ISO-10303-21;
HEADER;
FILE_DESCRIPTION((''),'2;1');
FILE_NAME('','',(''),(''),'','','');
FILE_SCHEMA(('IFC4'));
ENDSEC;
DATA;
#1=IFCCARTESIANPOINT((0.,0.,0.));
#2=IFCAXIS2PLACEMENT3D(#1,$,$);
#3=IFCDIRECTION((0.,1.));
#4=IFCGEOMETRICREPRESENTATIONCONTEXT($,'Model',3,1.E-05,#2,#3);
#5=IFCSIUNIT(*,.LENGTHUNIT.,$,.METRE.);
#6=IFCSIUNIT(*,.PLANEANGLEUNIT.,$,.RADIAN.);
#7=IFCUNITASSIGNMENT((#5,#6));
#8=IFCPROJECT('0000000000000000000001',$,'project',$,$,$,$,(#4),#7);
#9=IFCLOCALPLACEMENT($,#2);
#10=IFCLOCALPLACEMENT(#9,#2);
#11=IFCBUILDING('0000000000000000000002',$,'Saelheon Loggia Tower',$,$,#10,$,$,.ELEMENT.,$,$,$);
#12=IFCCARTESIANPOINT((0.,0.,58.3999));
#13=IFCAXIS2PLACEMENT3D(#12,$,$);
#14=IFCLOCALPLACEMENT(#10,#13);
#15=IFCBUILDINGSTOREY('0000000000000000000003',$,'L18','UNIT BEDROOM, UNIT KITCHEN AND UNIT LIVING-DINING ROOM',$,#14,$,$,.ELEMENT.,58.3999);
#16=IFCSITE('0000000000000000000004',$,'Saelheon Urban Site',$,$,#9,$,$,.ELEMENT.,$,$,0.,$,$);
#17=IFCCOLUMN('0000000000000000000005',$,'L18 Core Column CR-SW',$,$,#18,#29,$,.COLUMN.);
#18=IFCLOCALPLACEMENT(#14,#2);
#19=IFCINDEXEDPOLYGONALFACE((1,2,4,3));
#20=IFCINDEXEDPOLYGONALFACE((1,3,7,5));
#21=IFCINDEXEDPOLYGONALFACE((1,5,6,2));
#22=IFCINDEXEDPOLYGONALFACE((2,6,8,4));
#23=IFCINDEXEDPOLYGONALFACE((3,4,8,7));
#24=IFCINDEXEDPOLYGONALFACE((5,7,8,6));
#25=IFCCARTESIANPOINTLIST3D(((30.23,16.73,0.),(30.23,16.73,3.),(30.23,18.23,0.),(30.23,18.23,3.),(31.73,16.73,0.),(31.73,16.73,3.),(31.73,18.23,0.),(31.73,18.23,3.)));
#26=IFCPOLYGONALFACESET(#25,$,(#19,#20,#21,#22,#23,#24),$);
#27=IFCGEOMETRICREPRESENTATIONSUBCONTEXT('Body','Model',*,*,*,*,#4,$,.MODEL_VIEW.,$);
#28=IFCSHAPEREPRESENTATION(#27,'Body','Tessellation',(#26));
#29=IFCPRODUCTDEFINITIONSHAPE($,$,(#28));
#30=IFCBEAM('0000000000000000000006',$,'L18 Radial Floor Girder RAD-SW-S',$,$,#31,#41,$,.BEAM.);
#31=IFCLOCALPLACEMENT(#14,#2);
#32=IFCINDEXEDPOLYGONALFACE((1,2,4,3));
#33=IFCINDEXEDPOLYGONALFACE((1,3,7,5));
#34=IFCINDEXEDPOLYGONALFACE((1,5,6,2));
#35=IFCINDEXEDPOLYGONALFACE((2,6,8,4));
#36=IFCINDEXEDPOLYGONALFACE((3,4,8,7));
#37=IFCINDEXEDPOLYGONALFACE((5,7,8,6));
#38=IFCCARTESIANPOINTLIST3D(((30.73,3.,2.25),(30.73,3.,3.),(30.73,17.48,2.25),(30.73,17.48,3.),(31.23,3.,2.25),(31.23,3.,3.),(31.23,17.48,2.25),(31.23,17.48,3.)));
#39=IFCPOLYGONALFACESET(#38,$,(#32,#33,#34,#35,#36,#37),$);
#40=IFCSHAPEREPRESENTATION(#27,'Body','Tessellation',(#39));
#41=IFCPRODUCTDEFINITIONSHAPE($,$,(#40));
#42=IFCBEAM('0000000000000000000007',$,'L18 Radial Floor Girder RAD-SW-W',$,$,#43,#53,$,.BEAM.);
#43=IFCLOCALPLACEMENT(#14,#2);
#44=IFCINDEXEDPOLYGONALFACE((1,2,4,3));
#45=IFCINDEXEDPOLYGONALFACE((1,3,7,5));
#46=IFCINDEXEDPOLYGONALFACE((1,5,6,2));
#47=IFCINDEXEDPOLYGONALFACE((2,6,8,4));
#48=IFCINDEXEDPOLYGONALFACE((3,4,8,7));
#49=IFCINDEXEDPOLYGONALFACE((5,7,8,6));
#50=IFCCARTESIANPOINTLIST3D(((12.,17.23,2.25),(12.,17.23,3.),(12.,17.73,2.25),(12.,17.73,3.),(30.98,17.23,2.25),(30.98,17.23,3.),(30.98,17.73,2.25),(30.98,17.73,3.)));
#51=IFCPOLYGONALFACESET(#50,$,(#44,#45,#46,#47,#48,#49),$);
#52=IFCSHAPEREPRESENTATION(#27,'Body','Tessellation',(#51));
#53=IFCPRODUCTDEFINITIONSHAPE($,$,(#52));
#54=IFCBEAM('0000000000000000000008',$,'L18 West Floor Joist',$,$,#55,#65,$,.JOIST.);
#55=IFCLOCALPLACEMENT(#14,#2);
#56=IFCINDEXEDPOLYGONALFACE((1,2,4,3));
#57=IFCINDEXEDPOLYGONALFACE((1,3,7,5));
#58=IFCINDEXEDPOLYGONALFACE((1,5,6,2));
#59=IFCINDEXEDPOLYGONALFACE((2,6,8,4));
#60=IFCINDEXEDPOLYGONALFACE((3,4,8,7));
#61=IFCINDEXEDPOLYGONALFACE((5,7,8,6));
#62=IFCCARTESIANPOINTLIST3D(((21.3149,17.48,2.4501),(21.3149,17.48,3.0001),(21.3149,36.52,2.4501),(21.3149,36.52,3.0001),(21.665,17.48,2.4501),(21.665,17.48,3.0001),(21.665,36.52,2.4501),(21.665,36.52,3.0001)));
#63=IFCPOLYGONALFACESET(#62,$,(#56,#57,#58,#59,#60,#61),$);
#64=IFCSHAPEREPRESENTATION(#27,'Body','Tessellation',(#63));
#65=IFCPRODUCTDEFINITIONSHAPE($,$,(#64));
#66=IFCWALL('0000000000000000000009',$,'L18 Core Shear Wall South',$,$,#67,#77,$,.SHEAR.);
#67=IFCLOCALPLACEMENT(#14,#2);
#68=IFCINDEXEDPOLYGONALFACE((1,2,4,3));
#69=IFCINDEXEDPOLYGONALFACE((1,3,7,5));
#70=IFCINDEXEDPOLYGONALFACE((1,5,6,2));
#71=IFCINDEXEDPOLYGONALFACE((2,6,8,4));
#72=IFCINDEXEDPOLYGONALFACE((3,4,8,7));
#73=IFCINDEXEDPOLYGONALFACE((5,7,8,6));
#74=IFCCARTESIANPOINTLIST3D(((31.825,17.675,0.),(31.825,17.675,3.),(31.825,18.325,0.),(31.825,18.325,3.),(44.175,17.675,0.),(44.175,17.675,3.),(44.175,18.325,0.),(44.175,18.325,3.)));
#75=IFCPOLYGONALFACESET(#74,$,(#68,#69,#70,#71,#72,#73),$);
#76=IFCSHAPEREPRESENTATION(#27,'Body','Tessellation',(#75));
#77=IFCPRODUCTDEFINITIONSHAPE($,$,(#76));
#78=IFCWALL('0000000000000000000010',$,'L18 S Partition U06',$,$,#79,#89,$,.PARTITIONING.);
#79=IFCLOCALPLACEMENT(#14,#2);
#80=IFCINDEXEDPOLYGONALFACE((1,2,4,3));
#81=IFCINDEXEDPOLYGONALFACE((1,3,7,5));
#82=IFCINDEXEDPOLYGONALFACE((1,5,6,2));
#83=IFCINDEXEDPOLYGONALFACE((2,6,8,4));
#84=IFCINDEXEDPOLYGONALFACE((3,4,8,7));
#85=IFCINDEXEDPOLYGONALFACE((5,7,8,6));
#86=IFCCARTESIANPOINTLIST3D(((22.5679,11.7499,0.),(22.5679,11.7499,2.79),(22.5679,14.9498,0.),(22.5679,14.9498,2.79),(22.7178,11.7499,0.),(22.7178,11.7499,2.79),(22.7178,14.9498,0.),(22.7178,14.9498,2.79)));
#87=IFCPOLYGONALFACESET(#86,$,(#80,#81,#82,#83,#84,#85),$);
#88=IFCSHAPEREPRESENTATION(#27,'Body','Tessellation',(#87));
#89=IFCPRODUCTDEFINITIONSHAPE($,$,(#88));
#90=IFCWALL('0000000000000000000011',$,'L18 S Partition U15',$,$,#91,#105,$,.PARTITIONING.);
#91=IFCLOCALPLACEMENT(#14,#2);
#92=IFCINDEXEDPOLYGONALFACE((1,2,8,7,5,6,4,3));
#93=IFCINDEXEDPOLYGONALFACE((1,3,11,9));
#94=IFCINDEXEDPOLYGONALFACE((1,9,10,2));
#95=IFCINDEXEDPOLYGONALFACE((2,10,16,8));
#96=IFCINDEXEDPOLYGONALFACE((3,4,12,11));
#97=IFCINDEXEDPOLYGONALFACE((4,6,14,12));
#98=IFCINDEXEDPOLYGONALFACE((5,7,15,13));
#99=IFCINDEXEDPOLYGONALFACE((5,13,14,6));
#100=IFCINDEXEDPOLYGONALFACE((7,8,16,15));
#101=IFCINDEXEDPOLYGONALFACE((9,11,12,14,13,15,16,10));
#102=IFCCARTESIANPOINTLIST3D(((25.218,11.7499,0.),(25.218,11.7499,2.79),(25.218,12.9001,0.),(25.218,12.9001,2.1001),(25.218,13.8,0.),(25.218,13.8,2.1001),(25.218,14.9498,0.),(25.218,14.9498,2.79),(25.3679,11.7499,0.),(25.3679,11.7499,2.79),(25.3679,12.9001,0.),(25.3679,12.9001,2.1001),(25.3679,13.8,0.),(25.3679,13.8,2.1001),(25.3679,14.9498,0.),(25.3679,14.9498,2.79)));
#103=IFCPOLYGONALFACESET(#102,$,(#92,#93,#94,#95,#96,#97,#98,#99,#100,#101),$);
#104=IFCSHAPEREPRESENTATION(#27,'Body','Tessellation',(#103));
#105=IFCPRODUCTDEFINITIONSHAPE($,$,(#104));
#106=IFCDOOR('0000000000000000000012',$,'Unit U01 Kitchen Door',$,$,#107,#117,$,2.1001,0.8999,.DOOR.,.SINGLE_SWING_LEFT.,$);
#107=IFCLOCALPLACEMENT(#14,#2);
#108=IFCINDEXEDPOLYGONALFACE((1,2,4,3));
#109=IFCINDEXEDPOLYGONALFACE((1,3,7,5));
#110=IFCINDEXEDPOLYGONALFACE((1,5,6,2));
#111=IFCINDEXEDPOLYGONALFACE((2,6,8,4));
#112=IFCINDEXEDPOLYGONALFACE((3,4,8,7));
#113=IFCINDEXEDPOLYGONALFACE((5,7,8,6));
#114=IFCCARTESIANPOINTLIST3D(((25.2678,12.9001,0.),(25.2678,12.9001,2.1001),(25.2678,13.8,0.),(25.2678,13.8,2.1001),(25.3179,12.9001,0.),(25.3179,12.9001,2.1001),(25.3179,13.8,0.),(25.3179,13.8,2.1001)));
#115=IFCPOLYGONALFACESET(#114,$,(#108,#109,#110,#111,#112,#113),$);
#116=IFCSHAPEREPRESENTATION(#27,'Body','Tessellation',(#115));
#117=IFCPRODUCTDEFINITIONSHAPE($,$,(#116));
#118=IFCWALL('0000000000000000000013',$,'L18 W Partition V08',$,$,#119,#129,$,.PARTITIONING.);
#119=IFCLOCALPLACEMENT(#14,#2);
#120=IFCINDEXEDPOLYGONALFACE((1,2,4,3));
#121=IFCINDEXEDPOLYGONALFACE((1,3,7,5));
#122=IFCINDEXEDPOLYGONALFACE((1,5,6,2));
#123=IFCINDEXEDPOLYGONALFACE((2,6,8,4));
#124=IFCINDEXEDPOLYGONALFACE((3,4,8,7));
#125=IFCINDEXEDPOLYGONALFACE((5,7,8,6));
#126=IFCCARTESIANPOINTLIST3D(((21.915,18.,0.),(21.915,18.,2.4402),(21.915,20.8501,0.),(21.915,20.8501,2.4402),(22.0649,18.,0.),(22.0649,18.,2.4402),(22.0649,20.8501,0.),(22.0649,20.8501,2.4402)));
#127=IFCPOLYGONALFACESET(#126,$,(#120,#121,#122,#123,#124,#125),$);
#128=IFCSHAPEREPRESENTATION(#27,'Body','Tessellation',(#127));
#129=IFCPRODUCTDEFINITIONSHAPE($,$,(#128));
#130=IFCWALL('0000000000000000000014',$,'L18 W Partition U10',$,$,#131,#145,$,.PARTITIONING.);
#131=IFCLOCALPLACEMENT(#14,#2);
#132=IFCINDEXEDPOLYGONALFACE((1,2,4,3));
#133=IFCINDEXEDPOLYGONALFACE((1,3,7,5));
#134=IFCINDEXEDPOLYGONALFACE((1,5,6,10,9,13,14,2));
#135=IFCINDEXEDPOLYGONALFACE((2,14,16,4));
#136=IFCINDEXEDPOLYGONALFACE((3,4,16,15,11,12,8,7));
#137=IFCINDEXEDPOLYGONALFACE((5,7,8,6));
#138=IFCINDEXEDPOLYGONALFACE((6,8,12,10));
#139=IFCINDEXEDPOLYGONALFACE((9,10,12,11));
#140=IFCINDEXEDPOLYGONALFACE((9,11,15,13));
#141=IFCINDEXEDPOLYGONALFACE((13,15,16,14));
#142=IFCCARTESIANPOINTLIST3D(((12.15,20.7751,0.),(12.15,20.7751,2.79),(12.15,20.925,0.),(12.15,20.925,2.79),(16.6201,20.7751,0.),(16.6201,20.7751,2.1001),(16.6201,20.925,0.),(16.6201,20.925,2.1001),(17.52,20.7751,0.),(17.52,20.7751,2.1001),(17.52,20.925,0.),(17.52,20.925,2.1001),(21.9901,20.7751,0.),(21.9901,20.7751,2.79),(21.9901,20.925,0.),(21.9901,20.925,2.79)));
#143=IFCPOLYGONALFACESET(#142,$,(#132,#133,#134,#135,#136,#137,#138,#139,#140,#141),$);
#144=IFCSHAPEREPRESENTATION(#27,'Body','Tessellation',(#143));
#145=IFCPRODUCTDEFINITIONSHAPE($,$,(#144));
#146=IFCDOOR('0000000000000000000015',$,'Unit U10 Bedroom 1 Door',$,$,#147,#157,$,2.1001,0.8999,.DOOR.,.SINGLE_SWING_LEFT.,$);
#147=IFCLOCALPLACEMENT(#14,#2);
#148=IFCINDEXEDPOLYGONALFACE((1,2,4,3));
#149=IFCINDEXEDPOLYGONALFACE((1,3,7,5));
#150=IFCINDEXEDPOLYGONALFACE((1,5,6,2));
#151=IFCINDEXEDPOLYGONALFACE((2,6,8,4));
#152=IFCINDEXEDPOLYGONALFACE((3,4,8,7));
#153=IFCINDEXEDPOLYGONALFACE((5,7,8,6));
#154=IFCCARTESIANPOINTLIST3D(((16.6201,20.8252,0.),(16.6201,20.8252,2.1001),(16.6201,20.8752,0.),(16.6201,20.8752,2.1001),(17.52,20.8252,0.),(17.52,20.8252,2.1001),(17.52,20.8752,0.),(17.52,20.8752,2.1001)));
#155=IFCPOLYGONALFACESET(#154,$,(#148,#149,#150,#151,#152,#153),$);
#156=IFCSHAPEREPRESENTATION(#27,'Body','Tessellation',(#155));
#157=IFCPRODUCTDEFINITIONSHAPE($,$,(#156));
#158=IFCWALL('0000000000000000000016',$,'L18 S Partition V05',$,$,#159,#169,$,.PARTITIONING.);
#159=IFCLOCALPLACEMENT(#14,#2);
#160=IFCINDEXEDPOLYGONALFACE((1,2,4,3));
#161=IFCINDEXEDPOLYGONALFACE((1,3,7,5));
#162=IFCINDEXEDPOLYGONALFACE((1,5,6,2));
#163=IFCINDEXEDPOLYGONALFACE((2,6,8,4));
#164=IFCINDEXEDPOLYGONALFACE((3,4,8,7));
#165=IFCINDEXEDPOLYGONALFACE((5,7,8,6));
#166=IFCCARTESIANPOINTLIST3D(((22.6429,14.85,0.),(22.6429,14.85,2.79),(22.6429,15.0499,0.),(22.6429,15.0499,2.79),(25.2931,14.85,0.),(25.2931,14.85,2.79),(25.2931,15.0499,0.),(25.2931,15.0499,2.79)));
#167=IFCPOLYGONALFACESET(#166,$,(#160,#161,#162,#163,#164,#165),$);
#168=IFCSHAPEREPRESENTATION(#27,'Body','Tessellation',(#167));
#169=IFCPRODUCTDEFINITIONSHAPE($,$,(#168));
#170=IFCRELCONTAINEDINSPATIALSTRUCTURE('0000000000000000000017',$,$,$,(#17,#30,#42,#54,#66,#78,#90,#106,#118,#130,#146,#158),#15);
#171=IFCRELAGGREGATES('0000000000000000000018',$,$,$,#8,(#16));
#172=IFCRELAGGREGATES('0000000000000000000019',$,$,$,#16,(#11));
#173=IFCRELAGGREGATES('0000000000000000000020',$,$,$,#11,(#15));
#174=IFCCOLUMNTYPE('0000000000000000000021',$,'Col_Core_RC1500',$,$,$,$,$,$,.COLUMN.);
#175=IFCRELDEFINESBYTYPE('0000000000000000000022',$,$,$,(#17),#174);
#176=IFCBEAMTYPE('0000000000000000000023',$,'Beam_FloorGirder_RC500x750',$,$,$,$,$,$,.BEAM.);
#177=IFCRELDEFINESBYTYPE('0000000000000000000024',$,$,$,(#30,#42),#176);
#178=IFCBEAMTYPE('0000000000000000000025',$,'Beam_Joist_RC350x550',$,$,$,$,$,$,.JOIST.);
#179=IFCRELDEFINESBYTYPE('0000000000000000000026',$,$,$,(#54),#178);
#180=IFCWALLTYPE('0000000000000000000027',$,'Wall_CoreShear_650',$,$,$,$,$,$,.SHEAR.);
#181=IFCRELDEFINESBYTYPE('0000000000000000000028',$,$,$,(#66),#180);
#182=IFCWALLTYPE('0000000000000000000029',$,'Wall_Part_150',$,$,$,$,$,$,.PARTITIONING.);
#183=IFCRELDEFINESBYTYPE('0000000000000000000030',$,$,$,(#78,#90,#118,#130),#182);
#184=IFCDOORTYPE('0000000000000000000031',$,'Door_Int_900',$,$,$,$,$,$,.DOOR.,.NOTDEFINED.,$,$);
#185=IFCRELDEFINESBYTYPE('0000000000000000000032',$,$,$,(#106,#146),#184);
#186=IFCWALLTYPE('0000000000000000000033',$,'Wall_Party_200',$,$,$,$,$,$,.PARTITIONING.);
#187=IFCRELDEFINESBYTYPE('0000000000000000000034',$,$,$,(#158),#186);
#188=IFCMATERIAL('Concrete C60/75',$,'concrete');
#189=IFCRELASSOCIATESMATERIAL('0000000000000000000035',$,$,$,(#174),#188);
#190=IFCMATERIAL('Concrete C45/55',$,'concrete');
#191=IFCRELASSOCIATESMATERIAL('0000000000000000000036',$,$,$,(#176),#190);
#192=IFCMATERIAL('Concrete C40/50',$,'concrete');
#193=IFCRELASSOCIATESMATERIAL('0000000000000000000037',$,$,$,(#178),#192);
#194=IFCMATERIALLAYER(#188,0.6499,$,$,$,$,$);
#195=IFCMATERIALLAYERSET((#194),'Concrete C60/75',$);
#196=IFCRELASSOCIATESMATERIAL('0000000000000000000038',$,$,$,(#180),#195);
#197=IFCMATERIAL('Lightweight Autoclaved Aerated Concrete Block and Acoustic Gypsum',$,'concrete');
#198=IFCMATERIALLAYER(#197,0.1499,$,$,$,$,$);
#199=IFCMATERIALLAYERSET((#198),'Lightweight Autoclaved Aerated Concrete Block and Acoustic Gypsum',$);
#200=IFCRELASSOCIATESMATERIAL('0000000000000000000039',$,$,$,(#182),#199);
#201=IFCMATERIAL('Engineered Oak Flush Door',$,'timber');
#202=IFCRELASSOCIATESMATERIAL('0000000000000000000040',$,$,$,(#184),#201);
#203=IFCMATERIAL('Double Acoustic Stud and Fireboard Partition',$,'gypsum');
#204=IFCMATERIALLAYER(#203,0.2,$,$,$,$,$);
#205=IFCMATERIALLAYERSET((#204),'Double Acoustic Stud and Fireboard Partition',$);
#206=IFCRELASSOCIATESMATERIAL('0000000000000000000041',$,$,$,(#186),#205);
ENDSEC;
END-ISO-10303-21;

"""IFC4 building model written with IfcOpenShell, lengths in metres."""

from ifc_helpers import new_model, si_unit, direction, frame, frame_2d, origin, origin_2d, place, context, subcontext, project, spatial, rectangle, extrude, source, transform, mapped, material, layer, layer_set, material_profile, profile_set, type_object, element, fill, save


model = new_model("IFC4")

# Units and contexts
model_context = context("Model", 3, precision=1e-05, world=origin(), true_north=direction((0.0, 1.0)))
body_context = subcontext(model_context, "Body", "Model", "MODEL_VIEW")
ifc_project = project(units=[si_unit("LENGTHUNIT", "METRE"), si_unit("PLANEANGLEUNIT", "RADIAN")], contexts=[model_context])

# Site, building, storey
site_placement = place(None, origin())
site = spatial("IfcSite", under=ifc_project, at=site_placement, Name="Saelheon Urban Site", CompositionType="ELEMENT", RefElevation=0.0)
building_placement = place(site_placement, origin())
building = spatial("IfcBuilding", under=site, at=building_placement, Name="Saelheon Loggia Tower", CompositionType="ELEMENT")
storey_placement = place(building_placement, frame((0.0, 0.0, 58.3999)))
storey = spatial("IfcBuildingStorey", under=building, at=storey_placement, Name="L18", Description="UNIT BEDROOM, UNIT KITCHEN AND UNIT LIVING-DINING ROOM", CompositionType="ELEMENT", Elevation=58.3999)

# Column
ifc_material_1 = material(Name="Concrete C60/75", Category="concrete")
ifc_material_profile_1 = material_profile(ifc_material_1, rectangle(XDim=1.5, YDim=1.5, at=origin_2d()), Name="RC-1500x1500")
ifc_profile_set_1 = profile_set([ifc_material_profile_1], Name="Concrete C60/75")
column_type = type_object("IfcColumnType", Name="Col_Core_RC1500", PredefinedType="COLUMN", material=ifc_profile_set_1)
shared_shape_1 = source(origin(), body_context, "Body", "SweptSolid", [
    extrude(rectangle(XDim=1.5, YDim=1.5, at=origin_2d()), origin(), (0.0, 0.0, 1.0), 3.0),
])
column_placement = place(storey_placement, frame((30.98, 17.48, 0.0), z_axis=(0.0, 0.0, 1.0), x_axis=(1.0, 0.0, 0.0)))
element("IfcColumn", 1, at=column_placement, inside=storey, type_object=column_type, Name="L18 Core Column CR-SW", PredefinedType="COLUMN", context=body_context, shape_type="MappedRepresentation", body=[
    mapped(shared_shape_1, transform((0.0, 0.0, 0.0), scale=1.0)),
])

# Beams
ifc_material_2 = material(Name="Concrete C45/55", Category="concrete")
ifc_material_profile_2 = material_profile(ifc_material_2, rectangle(XDim=0.5, YDim=0.75, at=origin_2d()), Name="RC-500x750")
ifc_profile_set_2 = profile_set([ifc_material_profile_2], Name="Concrete C45/55")
beam_type_1 = type_object("IfcBeamType", Name="Beam_FloorGirder_RC500x750", PredefinedType="BEAM", material=ifc_profile_set_2)
shared_shape_2 = source(origin(), body_context, "Body", "SweptSolid", [
    extrude(rectangle(XDim=0.5, YDim=0.75, at=origin_2d()), origin(), (0.0, 0.0, 1.0), 14.48),
])
beam_1_placement = place(storey_placement, frame((30.98, 17.48, 2.625), z_axis=(0.0, -1.0, 0.0), x_axis=(1.0, 0.0, 0.0)))
element("IfcBeam", 2, at=beam_1_placement, inside=storey, type_object=beam_type_1, Name="L18 Radial Floor Girder RAD-SW-S", PredefinedType="BEAM", context=body_context, shape_type="MappedRepresentation", body=[
    mapped(shared_shape_2, transform((0.0, 0.0, 0.0), scale=1.0)),
])
shared_shape_3 = source(origin(), body_context, "Body", "SweptSolid", [
    extrude(rectangle(XDim=0.5, YDim=0.75, at=origin_2d()), origin(), (0.0, 0.0, 1.0), 18.98),
])
beam_2_placement = place(storey_placement, frame((30.98, 17.48, 2.625), z_axis=(-1.0, 0.0, 0.0), x_axis=(0.0, -1.0, 0.0)))
element("IfcBeam", 3, at=beam_2_placement, inside=storey, type_object=beam_type_1, Name="L18 Radial Floor Girder RAD-SW-W", PredefinedType="BEAM", context=body_context, shape_type="MappedRepresentation", body=[
    mapped(shared_shape_3, transform((0.0, 0.0, 0.0), scale=1.0)),
])
ifc_material_3 = material(Name="Concrete C40/50", Category="concrete")
ifc_material_profile_3 = material_profile(ifc_material_3, rectangle(XDim=0.3501, YDim=0.55, at=origin_2d()), Name="RC-350x550")
ifc_profile_set_3 = profile_set([ifc_material_profile_3], Name="Concrete C40/50")
beam_type_2 = type_object("IfcBeamType", Name="Beam_Joist_RC350x550", PredefinedType="JOIST", material=ifc_profile_set_3)
shared_shape_4 = source(origin(), body_context, "Body", "SweptSolid", [
    extrude(rectangle(XDim=0.3501, YDim=0.55, at=origin_2d()), origin(), (0.0, 0.0, 1.0), 19.04),
])
beam_3_placement = place(storey_placement, frame((21.49, 17.48, 2.7251), z_axis=(0.0, 1.0, 0.0), x_axis=(-1.0, 0.0, 0.0)))
element("IfcBeam", 4, at=beam_3_placement, inside=storey, type_object=beam_type_2, Name="L18 West Floor Joist", PredefinedType="JOIST", context=body_context, shape_type="MappedRepresentation", body=[
    mapped(shared_shape_4, transform((0.0, 0.0, 0.0), scale=1.0)),
])

# Shared definitions
ifc_layer_1 = layer(ifc_material_1, 0.6499)
ifc_layer_set_1 = layer_set([ifc_layer_1], Name="Concrete C60/75")
wall_type_1 = type_object("IfcWallType", Name="Wall_CoreShear_650", PredefinedType="SHEAR", material=ifc_layer_set_1)

# Walls
wall_1_placement = place(storey_placement, frame((31.825, 18.0, 0.0), z_axis=(0.0, 0.0, 1.0), x_axis=(1.0, 0.0, 0.0)))
element("IfcWall", 5, at=wall_1_placement, inside=storey, type_object=wall_type_1, Name="L18 Core Shear Wall South", PredefinedType="SHEAR", context=body_context, shape_type="SweptSolid", body=[
    extrude(rectangle(XDim=12.3501, YDim=0.6499, at=frame_2d((6.175, 0.0))), origin(), (0.0, 0.0, 1.0), 3.0),
])
ifc_material_4 = material(Name="Lightweight Autoclaved Aerated Concrete Block and Acoustic Gypsum", Category="concrete")
ifc_layer_2 = layer(ifc_material_4, 0.1499)
ifc_layer_set_2 = layer_set([ifc_layer_2], Name="Lightweight Autoclaved Aerated Concrete Block and Acoustic Gypsum")
wall_type_2 = type_object("IfcWallType", Name="Wall_Part_150", PredefinedType="PARTITIONING", material=ifc_layer_set_2)
wall_2_placement = place(storey_placement, frame((22.6428, 14.95, 0.0), z_axis=(0.0, 0.0, 1.0), x_axis=(0.0, -1.0, 0.0)))
element("IfcWall", 6, at=wall_2_placement, inside=storey, type_object=wall_type_2, Name="L18 S Partition U06", PredefinedType="PARTITIONING", context=body_context, shape_type="SweptSolid", body=[
    extrude(rectangle(XDim=3.2, YDim=0.1499, at=frame_2d((1.6001, 0.0))), origin(), (0.0, 0.0, 1.0), 2.79),
])

# Wall, opening, door
wall_3_placement = place(storey_placement, frame((25.293, 14.95, 0.0), z_axis=(0.0, 0.0, 1.0), x_axis=(0.0, -1.0, 0.0)))
wall_3 = element("IfcWall", 7, at=wall_3_placement, inside=storey, type_object=wall_type_2, Name="L18 S Partition U15", PredefinedType="PARTITIONING", context=body_context, shape_type="SweptSolid", body=[
    extrude(rectangle(XDim=3.2, YDim=0.1499, at=frame_2d((1.6001, 0.0))), origin(), (0.0, 0.0, 1.0), 2.79),
])
opening_1_placement = place(wall_3_placement, frame((1.1499, 0.0, 0.0)))
opening_1 = element("IfcOpeningElement", 8, at=opening_1_placement, cuts=wall_3, PredefinedType="OPENING", context=body_context, shape_type="SweptSolid", body=[
    extrude(rectangle(XDim=0.8999, YDim=2.1001, at=frame_2d((0.45, 1.05))), frame((0.0, 0.0869, 0.0), z_axis=(0.0, -1.0, 0.0), x_axis=(1.0, 0.0, 0.0)), (0.0, 0.0, 1.0), 0.1738),
])
ifc_material_5 = material(Name="Engineered Oak Flush Door", Category="timber")
door_type_1 = type_object("IfcDoorType", Name="Door_Int_900", OperationType="NOTDEFINED", PredefinedType="DOOR", material=ifc_material_5)
shared_shape_5 = source(origin(), body_context, "Body", "SweptSolid", [
    extrude(rectangle(XDim=0.8999, YDim=2.1001, at=frame_2d((0.45, 1.05))), frame((0.0, 0.0249, 0.0), z_axis=(0.0, -1.0, 0.0), x_axis=(1.0, 0.0, 0.0)), (0.0, 0.0, 1.0), 0.05),
])
door_1_placement = place(opening_1_placement, origin())
door_1 = element("IfcDoor", 9, at=door_1_placement, inside=storey, type_object=door_type_1, Name="Unit U01 Kitchen Door", OperationType="SINGLE_SWING_LEFT", OverallHeight=2.1001, OverallWidth=0.8999, PredefinedType="DOOR", context=body_context, shape_type="MappedRepresentation", body=[
    mapped(shared_shape_5, transform((0.0, 0.0, 0.0), scale=1.0)),
])
fill(opening_1, door_1)

# Wall
wall_4_placement = place(storey_placement, frame((21.99, 18.0, 0.0), z_axis=(0.0, 0.0, 1.0), x_axis=(0.0, 1.0, 0.0)))
element("IfcWall", 10, at=wall_4_placement, inside=storey, type_object=wall_type_2, Name="L18 W Partition V08", PredefinedType="PARTITIONING", context=body_context, shape_type="SweptSolid", body=[
    extrude(rectangle(XDim=2.8501, YDim=0.1499, at=frame_2d((1.425, 0.0))), origin(), (0.0, 0.0, 1.0), 2.4402),
])

# Wall, opening, door
wall_5_placement = place(storey_placement, frame((21.99, 20.8501, 0.0), z_axis=(0.0, 0.0, 1.0), x_axis=(-1.0, 0.0, 0.0)))
wall_5 = element("IfcWall", 11, at=wall_5_placement, inside=storey, type_object=wall_type_2, Name="L18 W Partition U10", PredefinedType="PARTITIONING", context=body_context, shape_type="SweptSolid", body=[
    extrude(rectangle(XDim=9.8401, YDim=0.1499, at=frame_2d((4.9199, 0.0))), origin(), (0.0, 0.0, 1.0), 2.79),
])
opening_2_placement = place(wall_5_placement, frame((4.47, 0.0, 0.0)))
opening_2 = element("IfcOpeningElement", 12, at=opening_2_placement, cuts=wall_5, PredefinedType="OPENING", context=body_context, shape_type="SweptSolid", body=[
    extrude(rectangle(XDim=0.8999, YDim=2.1001, at=frame_2d((0.45, 1.05))), frame((0.0, 0.0869, 0.0), z_axis=(0.0, -1.0, 0.0), x_axis=(1.0, 0.0, 0.0)), (0.0, 0.0, 1.0), 0.1738),
])
door_2_placement = place(opening_2_placement, origin())
door_2 = element("IfcDoor", 13, at=door_2_placement, inside=storey, type_object=door_type_1, Name="Unit U10 Bedroom 1 Door", OperationType="SINGLE_SWING_LEFT", OverallHeight=2.1001, OverallWidth=0.8999, PredefinedType="DOOR", context=body_context, shape_type="MappedRepresentation", body=[
    mapped(shared_shape_5, transform((0.0, 0.0, 0.0), scale=1.0)),
])
fill(opening_2, door_2)

# Wall
ifc_material_6 = material(Name="Double Acoustic Stud and Fireboard Partition", Category="gypsum")
ifc_layer_3 = layer(ifc_material_6, 0.2)
ifc_layer_set_3 = layer_set([ifc_layer_3], Name="Double Acoustic Stud and Fireboard Partition")
wall_type_3 = type_object("IfcWallType", Name="Wall_Party_200", PredefinedType="PARTITIONING", material=ifc_layer_set_3)
wall_6_placement = place(storey_placement, frame((22.6428, 14.95, 0.0), z_axis=(0.0, 0.0, 1.0), x_axis=(1.0, 0.0, 0.0)))
element("IfcWall", 14, at=wall_6_placement, inside=storey, type_object=wall_type_3, Name="L18 S Partition V05", PredefinedType="PARTITIONING", context=body_context, shape_type="SweptSolid", body=[
    extrude(rectangle(XDim=2.6501, YDim=0.2, at=frame_2d((1.3252, 0.0))), origin(), (0.0, 0.0, 1.0), 2.79),
])

save(model, "model.ifc")
